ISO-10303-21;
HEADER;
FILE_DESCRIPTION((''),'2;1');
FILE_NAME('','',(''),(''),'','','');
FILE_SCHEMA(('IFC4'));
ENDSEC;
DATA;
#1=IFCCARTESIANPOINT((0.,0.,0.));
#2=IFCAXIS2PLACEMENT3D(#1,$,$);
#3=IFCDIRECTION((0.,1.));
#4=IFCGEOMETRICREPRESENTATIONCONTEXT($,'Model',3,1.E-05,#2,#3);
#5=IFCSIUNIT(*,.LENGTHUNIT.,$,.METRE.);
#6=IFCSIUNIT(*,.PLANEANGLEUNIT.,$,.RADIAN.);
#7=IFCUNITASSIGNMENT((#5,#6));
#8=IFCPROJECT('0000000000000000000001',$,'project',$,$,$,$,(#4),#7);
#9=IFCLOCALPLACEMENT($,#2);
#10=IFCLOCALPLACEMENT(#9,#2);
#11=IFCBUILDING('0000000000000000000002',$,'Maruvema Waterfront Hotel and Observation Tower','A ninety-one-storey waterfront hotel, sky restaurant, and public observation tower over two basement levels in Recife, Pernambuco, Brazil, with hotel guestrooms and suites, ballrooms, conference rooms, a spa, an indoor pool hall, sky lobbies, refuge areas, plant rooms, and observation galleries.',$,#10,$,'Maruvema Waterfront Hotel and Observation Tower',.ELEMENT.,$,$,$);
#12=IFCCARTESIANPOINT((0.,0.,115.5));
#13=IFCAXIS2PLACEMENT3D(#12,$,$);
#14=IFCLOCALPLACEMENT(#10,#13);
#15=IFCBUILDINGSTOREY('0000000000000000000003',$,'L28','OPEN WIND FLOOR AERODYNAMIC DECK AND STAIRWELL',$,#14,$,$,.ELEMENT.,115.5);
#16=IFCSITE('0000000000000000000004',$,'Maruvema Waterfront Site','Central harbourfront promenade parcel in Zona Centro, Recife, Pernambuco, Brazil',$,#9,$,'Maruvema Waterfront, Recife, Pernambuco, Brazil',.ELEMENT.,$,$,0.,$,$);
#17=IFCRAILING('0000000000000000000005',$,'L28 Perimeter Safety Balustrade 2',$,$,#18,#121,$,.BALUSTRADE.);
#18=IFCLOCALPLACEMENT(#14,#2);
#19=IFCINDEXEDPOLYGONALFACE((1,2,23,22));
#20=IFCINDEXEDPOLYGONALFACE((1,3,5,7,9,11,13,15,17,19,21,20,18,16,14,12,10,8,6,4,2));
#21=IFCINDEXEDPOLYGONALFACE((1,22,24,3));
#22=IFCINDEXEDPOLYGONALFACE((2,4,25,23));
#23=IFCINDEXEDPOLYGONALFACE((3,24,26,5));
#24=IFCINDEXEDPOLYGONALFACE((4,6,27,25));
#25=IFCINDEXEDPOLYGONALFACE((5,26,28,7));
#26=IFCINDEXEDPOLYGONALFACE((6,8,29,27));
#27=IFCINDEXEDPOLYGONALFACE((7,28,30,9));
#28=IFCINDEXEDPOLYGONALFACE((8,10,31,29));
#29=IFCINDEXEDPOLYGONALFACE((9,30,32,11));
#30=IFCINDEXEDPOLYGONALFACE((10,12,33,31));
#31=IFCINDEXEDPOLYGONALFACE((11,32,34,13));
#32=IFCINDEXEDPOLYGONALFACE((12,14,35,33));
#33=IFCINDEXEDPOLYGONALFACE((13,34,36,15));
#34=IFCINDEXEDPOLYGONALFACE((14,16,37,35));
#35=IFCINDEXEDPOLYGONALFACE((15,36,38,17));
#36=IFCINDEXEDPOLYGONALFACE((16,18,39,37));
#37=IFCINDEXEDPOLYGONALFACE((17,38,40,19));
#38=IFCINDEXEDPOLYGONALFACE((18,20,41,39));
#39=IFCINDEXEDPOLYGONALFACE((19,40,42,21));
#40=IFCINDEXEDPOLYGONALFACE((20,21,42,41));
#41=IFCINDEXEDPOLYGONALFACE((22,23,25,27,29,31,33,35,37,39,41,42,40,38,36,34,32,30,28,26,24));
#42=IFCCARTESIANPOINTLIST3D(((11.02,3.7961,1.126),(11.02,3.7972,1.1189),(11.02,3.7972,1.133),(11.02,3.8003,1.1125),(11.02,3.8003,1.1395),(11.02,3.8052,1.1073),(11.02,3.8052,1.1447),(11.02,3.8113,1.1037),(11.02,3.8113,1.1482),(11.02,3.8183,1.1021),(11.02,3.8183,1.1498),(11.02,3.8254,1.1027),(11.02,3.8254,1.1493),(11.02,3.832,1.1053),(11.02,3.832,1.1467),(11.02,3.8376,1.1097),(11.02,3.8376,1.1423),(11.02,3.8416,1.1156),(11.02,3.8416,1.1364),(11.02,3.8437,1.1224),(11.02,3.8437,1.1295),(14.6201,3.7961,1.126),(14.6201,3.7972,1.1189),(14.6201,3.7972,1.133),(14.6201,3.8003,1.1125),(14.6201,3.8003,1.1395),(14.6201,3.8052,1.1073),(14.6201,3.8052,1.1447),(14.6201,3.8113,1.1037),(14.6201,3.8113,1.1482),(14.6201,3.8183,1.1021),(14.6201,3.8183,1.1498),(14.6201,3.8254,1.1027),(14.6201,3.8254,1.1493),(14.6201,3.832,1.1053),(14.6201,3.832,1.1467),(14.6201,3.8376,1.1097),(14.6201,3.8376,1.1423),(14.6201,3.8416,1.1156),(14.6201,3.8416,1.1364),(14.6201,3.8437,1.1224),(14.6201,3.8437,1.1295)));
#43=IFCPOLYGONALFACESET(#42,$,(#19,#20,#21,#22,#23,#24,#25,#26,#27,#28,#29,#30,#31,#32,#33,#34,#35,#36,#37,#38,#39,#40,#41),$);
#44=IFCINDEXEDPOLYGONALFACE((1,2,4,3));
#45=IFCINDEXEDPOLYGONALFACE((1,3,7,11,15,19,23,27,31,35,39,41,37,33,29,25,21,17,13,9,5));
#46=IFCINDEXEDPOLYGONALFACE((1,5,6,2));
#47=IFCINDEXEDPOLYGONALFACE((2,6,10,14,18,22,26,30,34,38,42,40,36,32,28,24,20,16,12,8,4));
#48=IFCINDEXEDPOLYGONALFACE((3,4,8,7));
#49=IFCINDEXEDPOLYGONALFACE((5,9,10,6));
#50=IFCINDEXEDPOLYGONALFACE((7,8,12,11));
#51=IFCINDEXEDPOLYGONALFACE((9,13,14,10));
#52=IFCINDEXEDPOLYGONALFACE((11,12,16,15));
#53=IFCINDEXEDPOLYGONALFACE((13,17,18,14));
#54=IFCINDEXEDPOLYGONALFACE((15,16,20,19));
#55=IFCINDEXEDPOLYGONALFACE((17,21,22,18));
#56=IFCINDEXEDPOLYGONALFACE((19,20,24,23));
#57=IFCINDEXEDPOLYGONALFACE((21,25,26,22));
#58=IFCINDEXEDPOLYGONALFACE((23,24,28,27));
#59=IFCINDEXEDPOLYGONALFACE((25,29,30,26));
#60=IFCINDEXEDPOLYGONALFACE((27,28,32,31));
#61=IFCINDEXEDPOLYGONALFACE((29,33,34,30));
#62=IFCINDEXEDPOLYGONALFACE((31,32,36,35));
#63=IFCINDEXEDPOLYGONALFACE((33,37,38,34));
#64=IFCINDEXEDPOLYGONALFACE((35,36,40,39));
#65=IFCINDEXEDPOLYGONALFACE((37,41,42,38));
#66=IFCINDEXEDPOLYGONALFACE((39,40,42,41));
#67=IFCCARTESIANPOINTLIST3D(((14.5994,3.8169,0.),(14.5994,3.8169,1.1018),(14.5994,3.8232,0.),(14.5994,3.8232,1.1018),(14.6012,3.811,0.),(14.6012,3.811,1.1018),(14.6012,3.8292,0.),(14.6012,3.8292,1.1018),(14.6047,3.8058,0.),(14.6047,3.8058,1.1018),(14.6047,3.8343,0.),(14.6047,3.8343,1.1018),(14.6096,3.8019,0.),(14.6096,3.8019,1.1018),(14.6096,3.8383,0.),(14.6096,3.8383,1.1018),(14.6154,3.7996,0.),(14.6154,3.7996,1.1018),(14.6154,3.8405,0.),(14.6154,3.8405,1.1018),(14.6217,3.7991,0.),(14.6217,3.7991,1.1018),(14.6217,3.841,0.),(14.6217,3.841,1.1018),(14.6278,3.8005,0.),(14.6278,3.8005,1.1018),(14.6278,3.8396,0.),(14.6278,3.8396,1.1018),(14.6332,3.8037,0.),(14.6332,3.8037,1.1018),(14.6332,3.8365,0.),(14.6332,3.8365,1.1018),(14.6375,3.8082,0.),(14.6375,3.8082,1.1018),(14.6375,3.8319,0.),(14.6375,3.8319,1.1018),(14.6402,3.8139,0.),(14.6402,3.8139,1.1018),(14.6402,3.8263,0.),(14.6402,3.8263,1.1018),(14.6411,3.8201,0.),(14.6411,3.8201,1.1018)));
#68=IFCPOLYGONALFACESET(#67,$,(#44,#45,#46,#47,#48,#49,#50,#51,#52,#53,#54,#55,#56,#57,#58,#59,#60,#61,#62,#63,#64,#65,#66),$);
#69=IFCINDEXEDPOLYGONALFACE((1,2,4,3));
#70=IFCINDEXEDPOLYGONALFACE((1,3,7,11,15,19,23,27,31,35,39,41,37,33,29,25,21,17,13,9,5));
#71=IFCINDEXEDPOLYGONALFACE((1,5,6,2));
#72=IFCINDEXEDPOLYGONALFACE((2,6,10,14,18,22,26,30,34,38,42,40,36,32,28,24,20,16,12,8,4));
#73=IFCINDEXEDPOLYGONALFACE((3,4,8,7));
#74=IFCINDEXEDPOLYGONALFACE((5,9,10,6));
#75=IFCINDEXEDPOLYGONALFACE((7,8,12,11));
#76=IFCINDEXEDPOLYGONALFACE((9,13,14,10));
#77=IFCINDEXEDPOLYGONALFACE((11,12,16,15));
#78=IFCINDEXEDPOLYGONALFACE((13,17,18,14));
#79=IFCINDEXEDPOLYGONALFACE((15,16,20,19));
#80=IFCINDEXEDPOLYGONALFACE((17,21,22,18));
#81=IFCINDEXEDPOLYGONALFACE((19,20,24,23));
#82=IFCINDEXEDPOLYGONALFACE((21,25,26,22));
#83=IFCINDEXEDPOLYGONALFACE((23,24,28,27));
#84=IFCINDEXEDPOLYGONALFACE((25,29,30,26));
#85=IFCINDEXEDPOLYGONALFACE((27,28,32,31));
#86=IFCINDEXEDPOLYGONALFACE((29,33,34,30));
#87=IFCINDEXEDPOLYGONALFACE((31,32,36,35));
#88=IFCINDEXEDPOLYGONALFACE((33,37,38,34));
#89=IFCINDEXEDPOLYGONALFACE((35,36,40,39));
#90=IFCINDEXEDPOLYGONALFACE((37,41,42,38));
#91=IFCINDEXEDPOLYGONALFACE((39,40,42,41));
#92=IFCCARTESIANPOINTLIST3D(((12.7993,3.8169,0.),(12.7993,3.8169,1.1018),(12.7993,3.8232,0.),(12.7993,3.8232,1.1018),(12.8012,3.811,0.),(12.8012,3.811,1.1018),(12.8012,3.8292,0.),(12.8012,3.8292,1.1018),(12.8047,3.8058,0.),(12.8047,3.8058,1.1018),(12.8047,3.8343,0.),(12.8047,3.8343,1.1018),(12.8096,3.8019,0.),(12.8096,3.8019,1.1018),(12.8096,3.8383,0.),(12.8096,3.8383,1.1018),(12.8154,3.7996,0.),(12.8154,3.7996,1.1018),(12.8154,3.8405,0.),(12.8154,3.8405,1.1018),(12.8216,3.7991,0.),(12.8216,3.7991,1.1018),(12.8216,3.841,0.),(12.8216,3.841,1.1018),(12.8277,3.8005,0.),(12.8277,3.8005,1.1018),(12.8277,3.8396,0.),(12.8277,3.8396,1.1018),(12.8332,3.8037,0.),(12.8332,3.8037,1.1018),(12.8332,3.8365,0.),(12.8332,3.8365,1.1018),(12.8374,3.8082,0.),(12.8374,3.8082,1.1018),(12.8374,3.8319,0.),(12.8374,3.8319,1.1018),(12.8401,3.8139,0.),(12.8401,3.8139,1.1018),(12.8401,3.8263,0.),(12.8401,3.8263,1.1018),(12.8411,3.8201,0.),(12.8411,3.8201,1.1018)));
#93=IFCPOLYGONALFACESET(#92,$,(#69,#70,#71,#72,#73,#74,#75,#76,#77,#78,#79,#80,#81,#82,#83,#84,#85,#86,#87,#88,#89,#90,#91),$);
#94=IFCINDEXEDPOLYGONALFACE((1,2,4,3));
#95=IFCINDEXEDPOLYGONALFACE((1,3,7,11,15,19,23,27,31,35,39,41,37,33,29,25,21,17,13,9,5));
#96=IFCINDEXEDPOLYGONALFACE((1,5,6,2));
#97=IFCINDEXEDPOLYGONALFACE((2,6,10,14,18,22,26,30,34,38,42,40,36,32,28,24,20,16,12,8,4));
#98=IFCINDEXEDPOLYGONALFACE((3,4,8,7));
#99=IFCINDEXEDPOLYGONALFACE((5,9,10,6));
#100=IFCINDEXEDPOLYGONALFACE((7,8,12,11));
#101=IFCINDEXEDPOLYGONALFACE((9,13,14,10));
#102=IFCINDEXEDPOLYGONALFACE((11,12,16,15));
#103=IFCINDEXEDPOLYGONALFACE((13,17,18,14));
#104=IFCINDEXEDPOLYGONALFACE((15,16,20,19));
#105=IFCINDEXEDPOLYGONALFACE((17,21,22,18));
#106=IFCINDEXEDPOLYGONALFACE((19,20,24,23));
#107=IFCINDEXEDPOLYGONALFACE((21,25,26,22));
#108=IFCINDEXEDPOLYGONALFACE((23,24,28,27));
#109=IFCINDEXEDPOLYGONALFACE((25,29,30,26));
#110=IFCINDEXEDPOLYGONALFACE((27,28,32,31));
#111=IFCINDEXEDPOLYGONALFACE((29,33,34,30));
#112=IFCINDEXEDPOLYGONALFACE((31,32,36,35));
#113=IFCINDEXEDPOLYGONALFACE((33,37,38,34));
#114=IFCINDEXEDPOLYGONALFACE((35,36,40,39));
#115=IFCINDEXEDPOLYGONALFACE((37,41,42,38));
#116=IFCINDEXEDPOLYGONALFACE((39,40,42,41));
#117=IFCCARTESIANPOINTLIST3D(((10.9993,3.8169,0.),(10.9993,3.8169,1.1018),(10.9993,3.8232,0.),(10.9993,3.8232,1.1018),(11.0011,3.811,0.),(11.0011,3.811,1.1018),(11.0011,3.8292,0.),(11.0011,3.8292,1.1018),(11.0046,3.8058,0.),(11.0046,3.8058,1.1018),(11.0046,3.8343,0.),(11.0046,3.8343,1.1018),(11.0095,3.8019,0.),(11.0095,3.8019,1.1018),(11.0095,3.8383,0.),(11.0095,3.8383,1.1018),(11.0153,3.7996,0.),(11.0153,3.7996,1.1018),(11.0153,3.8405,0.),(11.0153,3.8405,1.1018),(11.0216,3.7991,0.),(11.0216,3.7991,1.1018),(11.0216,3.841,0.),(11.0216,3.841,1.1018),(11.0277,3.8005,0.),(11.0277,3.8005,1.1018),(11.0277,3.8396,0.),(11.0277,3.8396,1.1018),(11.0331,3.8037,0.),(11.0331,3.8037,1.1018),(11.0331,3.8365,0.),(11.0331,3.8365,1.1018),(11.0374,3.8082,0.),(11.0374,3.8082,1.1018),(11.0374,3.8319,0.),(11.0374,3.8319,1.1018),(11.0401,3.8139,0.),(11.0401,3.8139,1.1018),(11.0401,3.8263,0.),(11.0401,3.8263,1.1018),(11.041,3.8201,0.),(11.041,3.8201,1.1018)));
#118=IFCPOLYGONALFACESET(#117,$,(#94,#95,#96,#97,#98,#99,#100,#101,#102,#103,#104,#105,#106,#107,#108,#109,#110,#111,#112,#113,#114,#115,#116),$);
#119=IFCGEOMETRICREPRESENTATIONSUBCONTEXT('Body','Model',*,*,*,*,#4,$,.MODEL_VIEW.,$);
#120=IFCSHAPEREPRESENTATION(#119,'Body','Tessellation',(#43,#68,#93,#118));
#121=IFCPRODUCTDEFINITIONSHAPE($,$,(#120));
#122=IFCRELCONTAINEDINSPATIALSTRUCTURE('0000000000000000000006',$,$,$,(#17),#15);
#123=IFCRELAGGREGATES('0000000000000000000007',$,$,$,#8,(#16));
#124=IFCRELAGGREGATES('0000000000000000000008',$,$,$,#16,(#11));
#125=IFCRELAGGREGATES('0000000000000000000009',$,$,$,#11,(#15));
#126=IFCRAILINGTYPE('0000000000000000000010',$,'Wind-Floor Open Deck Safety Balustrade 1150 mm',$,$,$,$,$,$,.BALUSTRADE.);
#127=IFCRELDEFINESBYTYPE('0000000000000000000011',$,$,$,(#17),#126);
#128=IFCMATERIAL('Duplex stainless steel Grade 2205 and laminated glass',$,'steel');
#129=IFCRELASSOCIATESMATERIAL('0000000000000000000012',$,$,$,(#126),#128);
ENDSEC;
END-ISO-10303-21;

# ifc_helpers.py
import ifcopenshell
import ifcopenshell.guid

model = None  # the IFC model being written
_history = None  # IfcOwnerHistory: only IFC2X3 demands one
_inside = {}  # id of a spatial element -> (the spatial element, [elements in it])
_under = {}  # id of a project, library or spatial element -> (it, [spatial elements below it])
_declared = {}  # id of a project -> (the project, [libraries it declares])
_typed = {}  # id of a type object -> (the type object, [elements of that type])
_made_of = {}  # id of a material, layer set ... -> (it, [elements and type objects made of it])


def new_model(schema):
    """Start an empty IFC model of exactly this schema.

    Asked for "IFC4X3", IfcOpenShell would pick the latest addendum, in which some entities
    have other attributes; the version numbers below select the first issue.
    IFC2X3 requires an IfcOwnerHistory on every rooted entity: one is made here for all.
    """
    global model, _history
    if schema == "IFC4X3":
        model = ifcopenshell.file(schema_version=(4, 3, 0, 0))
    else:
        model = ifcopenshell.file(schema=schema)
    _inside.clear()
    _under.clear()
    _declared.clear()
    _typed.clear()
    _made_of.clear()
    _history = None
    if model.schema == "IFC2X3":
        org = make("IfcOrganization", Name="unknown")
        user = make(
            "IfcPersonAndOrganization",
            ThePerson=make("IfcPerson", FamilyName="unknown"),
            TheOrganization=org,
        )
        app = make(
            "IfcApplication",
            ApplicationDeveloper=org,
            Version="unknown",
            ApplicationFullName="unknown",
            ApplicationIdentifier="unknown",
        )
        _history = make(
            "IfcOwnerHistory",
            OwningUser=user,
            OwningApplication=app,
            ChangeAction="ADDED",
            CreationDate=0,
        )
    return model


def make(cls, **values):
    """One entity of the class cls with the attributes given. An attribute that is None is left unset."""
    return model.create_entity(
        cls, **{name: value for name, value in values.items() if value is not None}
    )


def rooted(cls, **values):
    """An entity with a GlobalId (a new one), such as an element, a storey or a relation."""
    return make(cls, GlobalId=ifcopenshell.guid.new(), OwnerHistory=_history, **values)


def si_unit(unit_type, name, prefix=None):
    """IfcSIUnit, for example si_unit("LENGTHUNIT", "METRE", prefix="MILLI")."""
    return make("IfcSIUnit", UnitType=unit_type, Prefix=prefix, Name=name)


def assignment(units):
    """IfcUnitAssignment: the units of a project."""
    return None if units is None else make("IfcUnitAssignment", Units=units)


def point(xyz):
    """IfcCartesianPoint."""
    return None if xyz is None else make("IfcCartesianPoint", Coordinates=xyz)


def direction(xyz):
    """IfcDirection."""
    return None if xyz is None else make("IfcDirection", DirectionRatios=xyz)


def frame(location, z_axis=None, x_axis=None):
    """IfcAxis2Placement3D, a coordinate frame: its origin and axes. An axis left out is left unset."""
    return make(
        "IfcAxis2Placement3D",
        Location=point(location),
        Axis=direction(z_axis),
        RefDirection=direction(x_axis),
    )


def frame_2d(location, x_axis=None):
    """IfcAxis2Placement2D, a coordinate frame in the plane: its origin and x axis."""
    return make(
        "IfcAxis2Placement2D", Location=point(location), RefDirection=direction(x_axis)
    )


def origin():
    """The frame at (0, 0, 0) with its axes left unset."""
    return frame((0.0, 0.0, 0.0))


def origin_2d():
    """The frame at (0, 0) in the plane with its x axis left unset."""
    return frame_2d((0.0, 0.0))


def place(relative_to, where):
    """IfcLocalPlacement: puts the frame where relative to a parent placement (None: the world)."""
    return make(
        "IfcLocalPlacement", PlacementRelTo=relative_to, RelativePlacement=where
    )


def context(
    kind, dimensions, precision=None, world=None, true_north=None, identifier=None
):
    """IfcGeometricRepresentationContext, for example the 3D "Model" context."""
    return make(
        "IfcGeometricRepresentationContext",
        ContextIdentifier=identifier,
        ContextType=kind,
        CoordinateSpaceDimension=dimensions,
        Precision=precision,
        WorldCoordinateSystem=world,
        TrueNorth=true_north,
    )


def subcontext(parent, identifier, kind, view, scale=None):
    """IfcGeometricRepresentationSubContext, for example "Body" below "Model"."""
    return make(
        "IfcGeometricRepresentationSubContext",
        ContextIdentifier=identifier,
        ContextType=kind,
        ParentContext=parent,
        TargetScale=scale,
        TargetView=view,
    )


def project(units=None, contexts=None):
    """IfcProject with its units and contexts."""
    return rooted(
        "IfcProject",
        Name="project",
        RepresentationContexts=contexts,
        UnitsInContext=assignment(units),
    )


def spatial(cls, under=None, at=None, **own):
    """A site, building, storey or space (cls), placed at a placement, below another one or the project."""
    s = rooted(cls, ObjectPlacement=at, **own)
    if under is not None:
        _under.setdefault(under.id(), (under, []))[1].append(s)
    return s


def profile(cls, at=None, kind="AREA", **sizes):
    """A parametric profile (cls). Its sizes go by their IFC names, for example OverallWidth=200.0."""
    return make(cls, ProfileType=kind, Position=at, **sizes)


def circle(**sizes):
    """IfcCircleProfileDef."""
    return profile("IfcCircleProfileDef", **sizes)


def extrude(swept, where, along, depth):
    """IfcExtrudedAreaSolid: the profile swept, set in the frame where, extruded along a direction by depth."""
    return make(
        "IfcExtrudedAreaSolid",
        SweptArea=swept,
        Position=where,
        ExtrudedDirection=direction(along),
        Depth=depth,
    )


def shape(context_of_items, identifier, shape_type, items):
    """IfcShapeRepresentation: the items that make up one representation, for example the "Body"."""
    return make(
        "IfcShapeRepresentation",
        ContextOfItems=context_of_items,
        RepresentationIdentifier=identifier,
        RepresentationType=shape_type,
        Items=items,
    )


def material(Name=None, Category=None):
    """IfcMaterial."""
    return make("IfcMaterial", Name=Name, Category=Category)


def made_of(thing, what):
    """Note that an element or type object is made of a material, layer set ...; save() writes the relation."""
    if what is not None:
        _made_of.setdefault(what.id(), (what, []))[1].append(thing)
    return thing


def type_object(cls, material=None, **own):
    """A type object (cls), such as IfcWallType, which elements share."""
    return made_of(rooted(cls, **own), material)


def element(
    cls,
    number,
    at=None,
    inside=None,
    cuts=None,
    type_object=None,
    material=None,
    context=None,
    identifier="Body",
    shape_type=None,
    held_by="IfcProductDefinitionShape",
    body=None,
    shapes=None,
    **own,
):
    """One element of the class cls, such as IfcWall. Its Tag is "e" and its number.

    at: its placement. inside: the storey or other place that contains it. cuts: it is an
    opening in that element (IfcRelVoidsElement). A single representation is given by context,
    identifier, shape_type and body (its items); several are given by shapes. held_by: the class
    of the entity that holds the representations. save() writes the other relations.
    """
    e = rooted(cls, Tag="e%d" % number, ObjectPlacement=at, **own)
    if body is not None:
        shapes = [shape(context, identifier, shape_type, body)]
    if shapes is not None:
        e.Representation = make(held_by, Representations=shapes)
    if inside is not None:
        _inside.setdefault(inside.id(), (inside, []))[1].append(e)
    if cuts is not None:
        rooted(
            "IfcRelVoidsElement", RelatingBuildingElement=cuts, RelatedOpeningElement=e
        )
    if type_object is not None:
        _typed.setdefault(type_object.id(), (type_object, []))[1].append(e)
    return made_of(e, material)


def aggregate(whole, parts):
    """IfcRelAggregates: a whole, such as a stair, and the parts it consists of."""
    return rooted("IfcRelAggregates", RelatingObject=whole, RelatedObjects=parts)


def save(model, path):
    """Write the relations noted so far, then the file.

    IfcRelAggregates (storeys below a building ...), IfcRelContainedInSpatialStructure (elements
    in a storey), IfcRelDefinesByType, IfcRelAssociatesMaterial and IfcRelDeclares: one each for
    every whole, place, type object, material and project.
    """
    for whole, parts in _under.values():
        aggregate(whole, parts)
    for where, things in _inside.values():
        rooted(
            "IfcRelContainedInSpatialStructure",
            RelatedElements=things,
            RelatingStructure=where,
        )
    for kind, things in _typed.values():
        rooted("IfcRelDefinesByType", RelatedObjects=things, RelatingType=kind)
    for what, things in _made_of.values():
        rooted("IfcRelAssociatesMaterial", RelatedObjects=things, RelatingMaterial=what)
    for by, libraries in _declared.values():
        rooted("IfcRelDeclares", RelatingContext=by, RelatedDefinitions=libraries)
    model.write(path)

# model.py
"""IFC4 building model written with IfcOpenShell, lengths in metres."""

from ifc_helpers import new_model, si_unit, direction, frame, origin, origin_2d, place, context, subcontext, project, spatial, circle, extrude, material, type_object, element, save


model = new_model("IFC4")

# Units and contexts
model_context = context("Model", 3, precision=1e-05, world=origin(), true_north=direction((0.0, 1.0)))
body_context = subcontext(model_context, "Body", "Model", "MODEL_VIEW")
ifc_project = project(units=[si_unit("LENGTHUNIT", "METRE"), si_unit("PLANEANGLEUNIT", "RADIAN")], contexts=[model_context])

# Site, building, storey
site_placement = place(None, origin())
site = spatial("IfcSite", under=ifc_project, at=site_placement, Name="Maruvema Waterfront Site", Description="Central harbourfront promenade parcel in Zona Centro, Recife, Pernambuco, Brazil", LongName="Maruvema Waterfront, Recife, Pernambuco, Brazil", CompositionType="ELEMENT", RefElevation=0.0)
building_placement = place(site_placement, origin())
building = spatial("IfcBuilding", under=site, at=building_placement, Name="Maruvema Waterfront Hotel and Observation Tower", Description="A ninety-one-storey waterfront hotel, sky restaurant, and public observation tower over two basement levels in Recife, Pernambuco, Brazil, with hotel guestrooms and suites, ballrooms, conference rooms, a spa, an indoor pool hall, sky lobbies, refuge areas, plant rooms, and observation galleries.", LongName="Maruvema Waterfront Hotel and Observation Tower", CompositionType="ELEMENT")
storey_placement = place(building_placement, frame((0.0, 0.0, 115.5)))
storey = spatial("IfcBuildingStorey", under=building, at=storey_placement, Name="L28", Description="OPEN WIND FLOOR AERODYNAMIC DECK AND STAIRWELL", CompositionType="ELEMENT", Elevation=115.5)

# Railing
ifc_material_1 = material(Name="Duplex stainless steel Grade 2205 and laminated glass", Category="steel")
railing_type = type_object("IfcRailingType", Name="Wind-Floor Open Deck Safety Balustrade 1150 mm", PredefinedType="BALUSTRADE", material=ifc_material_1)
railing_1_placement = place(storey_placement, frame((14.6201, 3.8201, 0.0)))
element("IfcRailing", 1, at=railing_1_placement, inside=storey, type_object=railing_type, Name="L28 Perimeter Safety Balustrade 2", PredefinedType="BALUSTRADE", context=body_context, shape_type="SweptSolid", body=[
    extrude(circle(Radius=0.0239, at=origin_2d()), frame((0.0, 0.0, 1.126), z_axis=(-1.0, 0.0, 0.0), x_axis=(0.0, -1.0, 0.0)), (0.0, 0.0, 1.0), 3.6001),
    extrude(circle(Radius=0.021, at=origin_2d()), origin(), (0.0, 0.0, 1.0), 1.1018),
    extrude(circle(Radius=0.021, at=origin_2d()), frame((-1.8, 0.0, 0.0)), (0.0, 0.0, 1.0), 1.1018),
    extrude(circle(Radius=0.021, at=origin_2d()), frame((-3.6001, 0.0, 0.0)), (0.0, 0.0, 1.0), 1.1018),
])

save(model, "model.ifc")
